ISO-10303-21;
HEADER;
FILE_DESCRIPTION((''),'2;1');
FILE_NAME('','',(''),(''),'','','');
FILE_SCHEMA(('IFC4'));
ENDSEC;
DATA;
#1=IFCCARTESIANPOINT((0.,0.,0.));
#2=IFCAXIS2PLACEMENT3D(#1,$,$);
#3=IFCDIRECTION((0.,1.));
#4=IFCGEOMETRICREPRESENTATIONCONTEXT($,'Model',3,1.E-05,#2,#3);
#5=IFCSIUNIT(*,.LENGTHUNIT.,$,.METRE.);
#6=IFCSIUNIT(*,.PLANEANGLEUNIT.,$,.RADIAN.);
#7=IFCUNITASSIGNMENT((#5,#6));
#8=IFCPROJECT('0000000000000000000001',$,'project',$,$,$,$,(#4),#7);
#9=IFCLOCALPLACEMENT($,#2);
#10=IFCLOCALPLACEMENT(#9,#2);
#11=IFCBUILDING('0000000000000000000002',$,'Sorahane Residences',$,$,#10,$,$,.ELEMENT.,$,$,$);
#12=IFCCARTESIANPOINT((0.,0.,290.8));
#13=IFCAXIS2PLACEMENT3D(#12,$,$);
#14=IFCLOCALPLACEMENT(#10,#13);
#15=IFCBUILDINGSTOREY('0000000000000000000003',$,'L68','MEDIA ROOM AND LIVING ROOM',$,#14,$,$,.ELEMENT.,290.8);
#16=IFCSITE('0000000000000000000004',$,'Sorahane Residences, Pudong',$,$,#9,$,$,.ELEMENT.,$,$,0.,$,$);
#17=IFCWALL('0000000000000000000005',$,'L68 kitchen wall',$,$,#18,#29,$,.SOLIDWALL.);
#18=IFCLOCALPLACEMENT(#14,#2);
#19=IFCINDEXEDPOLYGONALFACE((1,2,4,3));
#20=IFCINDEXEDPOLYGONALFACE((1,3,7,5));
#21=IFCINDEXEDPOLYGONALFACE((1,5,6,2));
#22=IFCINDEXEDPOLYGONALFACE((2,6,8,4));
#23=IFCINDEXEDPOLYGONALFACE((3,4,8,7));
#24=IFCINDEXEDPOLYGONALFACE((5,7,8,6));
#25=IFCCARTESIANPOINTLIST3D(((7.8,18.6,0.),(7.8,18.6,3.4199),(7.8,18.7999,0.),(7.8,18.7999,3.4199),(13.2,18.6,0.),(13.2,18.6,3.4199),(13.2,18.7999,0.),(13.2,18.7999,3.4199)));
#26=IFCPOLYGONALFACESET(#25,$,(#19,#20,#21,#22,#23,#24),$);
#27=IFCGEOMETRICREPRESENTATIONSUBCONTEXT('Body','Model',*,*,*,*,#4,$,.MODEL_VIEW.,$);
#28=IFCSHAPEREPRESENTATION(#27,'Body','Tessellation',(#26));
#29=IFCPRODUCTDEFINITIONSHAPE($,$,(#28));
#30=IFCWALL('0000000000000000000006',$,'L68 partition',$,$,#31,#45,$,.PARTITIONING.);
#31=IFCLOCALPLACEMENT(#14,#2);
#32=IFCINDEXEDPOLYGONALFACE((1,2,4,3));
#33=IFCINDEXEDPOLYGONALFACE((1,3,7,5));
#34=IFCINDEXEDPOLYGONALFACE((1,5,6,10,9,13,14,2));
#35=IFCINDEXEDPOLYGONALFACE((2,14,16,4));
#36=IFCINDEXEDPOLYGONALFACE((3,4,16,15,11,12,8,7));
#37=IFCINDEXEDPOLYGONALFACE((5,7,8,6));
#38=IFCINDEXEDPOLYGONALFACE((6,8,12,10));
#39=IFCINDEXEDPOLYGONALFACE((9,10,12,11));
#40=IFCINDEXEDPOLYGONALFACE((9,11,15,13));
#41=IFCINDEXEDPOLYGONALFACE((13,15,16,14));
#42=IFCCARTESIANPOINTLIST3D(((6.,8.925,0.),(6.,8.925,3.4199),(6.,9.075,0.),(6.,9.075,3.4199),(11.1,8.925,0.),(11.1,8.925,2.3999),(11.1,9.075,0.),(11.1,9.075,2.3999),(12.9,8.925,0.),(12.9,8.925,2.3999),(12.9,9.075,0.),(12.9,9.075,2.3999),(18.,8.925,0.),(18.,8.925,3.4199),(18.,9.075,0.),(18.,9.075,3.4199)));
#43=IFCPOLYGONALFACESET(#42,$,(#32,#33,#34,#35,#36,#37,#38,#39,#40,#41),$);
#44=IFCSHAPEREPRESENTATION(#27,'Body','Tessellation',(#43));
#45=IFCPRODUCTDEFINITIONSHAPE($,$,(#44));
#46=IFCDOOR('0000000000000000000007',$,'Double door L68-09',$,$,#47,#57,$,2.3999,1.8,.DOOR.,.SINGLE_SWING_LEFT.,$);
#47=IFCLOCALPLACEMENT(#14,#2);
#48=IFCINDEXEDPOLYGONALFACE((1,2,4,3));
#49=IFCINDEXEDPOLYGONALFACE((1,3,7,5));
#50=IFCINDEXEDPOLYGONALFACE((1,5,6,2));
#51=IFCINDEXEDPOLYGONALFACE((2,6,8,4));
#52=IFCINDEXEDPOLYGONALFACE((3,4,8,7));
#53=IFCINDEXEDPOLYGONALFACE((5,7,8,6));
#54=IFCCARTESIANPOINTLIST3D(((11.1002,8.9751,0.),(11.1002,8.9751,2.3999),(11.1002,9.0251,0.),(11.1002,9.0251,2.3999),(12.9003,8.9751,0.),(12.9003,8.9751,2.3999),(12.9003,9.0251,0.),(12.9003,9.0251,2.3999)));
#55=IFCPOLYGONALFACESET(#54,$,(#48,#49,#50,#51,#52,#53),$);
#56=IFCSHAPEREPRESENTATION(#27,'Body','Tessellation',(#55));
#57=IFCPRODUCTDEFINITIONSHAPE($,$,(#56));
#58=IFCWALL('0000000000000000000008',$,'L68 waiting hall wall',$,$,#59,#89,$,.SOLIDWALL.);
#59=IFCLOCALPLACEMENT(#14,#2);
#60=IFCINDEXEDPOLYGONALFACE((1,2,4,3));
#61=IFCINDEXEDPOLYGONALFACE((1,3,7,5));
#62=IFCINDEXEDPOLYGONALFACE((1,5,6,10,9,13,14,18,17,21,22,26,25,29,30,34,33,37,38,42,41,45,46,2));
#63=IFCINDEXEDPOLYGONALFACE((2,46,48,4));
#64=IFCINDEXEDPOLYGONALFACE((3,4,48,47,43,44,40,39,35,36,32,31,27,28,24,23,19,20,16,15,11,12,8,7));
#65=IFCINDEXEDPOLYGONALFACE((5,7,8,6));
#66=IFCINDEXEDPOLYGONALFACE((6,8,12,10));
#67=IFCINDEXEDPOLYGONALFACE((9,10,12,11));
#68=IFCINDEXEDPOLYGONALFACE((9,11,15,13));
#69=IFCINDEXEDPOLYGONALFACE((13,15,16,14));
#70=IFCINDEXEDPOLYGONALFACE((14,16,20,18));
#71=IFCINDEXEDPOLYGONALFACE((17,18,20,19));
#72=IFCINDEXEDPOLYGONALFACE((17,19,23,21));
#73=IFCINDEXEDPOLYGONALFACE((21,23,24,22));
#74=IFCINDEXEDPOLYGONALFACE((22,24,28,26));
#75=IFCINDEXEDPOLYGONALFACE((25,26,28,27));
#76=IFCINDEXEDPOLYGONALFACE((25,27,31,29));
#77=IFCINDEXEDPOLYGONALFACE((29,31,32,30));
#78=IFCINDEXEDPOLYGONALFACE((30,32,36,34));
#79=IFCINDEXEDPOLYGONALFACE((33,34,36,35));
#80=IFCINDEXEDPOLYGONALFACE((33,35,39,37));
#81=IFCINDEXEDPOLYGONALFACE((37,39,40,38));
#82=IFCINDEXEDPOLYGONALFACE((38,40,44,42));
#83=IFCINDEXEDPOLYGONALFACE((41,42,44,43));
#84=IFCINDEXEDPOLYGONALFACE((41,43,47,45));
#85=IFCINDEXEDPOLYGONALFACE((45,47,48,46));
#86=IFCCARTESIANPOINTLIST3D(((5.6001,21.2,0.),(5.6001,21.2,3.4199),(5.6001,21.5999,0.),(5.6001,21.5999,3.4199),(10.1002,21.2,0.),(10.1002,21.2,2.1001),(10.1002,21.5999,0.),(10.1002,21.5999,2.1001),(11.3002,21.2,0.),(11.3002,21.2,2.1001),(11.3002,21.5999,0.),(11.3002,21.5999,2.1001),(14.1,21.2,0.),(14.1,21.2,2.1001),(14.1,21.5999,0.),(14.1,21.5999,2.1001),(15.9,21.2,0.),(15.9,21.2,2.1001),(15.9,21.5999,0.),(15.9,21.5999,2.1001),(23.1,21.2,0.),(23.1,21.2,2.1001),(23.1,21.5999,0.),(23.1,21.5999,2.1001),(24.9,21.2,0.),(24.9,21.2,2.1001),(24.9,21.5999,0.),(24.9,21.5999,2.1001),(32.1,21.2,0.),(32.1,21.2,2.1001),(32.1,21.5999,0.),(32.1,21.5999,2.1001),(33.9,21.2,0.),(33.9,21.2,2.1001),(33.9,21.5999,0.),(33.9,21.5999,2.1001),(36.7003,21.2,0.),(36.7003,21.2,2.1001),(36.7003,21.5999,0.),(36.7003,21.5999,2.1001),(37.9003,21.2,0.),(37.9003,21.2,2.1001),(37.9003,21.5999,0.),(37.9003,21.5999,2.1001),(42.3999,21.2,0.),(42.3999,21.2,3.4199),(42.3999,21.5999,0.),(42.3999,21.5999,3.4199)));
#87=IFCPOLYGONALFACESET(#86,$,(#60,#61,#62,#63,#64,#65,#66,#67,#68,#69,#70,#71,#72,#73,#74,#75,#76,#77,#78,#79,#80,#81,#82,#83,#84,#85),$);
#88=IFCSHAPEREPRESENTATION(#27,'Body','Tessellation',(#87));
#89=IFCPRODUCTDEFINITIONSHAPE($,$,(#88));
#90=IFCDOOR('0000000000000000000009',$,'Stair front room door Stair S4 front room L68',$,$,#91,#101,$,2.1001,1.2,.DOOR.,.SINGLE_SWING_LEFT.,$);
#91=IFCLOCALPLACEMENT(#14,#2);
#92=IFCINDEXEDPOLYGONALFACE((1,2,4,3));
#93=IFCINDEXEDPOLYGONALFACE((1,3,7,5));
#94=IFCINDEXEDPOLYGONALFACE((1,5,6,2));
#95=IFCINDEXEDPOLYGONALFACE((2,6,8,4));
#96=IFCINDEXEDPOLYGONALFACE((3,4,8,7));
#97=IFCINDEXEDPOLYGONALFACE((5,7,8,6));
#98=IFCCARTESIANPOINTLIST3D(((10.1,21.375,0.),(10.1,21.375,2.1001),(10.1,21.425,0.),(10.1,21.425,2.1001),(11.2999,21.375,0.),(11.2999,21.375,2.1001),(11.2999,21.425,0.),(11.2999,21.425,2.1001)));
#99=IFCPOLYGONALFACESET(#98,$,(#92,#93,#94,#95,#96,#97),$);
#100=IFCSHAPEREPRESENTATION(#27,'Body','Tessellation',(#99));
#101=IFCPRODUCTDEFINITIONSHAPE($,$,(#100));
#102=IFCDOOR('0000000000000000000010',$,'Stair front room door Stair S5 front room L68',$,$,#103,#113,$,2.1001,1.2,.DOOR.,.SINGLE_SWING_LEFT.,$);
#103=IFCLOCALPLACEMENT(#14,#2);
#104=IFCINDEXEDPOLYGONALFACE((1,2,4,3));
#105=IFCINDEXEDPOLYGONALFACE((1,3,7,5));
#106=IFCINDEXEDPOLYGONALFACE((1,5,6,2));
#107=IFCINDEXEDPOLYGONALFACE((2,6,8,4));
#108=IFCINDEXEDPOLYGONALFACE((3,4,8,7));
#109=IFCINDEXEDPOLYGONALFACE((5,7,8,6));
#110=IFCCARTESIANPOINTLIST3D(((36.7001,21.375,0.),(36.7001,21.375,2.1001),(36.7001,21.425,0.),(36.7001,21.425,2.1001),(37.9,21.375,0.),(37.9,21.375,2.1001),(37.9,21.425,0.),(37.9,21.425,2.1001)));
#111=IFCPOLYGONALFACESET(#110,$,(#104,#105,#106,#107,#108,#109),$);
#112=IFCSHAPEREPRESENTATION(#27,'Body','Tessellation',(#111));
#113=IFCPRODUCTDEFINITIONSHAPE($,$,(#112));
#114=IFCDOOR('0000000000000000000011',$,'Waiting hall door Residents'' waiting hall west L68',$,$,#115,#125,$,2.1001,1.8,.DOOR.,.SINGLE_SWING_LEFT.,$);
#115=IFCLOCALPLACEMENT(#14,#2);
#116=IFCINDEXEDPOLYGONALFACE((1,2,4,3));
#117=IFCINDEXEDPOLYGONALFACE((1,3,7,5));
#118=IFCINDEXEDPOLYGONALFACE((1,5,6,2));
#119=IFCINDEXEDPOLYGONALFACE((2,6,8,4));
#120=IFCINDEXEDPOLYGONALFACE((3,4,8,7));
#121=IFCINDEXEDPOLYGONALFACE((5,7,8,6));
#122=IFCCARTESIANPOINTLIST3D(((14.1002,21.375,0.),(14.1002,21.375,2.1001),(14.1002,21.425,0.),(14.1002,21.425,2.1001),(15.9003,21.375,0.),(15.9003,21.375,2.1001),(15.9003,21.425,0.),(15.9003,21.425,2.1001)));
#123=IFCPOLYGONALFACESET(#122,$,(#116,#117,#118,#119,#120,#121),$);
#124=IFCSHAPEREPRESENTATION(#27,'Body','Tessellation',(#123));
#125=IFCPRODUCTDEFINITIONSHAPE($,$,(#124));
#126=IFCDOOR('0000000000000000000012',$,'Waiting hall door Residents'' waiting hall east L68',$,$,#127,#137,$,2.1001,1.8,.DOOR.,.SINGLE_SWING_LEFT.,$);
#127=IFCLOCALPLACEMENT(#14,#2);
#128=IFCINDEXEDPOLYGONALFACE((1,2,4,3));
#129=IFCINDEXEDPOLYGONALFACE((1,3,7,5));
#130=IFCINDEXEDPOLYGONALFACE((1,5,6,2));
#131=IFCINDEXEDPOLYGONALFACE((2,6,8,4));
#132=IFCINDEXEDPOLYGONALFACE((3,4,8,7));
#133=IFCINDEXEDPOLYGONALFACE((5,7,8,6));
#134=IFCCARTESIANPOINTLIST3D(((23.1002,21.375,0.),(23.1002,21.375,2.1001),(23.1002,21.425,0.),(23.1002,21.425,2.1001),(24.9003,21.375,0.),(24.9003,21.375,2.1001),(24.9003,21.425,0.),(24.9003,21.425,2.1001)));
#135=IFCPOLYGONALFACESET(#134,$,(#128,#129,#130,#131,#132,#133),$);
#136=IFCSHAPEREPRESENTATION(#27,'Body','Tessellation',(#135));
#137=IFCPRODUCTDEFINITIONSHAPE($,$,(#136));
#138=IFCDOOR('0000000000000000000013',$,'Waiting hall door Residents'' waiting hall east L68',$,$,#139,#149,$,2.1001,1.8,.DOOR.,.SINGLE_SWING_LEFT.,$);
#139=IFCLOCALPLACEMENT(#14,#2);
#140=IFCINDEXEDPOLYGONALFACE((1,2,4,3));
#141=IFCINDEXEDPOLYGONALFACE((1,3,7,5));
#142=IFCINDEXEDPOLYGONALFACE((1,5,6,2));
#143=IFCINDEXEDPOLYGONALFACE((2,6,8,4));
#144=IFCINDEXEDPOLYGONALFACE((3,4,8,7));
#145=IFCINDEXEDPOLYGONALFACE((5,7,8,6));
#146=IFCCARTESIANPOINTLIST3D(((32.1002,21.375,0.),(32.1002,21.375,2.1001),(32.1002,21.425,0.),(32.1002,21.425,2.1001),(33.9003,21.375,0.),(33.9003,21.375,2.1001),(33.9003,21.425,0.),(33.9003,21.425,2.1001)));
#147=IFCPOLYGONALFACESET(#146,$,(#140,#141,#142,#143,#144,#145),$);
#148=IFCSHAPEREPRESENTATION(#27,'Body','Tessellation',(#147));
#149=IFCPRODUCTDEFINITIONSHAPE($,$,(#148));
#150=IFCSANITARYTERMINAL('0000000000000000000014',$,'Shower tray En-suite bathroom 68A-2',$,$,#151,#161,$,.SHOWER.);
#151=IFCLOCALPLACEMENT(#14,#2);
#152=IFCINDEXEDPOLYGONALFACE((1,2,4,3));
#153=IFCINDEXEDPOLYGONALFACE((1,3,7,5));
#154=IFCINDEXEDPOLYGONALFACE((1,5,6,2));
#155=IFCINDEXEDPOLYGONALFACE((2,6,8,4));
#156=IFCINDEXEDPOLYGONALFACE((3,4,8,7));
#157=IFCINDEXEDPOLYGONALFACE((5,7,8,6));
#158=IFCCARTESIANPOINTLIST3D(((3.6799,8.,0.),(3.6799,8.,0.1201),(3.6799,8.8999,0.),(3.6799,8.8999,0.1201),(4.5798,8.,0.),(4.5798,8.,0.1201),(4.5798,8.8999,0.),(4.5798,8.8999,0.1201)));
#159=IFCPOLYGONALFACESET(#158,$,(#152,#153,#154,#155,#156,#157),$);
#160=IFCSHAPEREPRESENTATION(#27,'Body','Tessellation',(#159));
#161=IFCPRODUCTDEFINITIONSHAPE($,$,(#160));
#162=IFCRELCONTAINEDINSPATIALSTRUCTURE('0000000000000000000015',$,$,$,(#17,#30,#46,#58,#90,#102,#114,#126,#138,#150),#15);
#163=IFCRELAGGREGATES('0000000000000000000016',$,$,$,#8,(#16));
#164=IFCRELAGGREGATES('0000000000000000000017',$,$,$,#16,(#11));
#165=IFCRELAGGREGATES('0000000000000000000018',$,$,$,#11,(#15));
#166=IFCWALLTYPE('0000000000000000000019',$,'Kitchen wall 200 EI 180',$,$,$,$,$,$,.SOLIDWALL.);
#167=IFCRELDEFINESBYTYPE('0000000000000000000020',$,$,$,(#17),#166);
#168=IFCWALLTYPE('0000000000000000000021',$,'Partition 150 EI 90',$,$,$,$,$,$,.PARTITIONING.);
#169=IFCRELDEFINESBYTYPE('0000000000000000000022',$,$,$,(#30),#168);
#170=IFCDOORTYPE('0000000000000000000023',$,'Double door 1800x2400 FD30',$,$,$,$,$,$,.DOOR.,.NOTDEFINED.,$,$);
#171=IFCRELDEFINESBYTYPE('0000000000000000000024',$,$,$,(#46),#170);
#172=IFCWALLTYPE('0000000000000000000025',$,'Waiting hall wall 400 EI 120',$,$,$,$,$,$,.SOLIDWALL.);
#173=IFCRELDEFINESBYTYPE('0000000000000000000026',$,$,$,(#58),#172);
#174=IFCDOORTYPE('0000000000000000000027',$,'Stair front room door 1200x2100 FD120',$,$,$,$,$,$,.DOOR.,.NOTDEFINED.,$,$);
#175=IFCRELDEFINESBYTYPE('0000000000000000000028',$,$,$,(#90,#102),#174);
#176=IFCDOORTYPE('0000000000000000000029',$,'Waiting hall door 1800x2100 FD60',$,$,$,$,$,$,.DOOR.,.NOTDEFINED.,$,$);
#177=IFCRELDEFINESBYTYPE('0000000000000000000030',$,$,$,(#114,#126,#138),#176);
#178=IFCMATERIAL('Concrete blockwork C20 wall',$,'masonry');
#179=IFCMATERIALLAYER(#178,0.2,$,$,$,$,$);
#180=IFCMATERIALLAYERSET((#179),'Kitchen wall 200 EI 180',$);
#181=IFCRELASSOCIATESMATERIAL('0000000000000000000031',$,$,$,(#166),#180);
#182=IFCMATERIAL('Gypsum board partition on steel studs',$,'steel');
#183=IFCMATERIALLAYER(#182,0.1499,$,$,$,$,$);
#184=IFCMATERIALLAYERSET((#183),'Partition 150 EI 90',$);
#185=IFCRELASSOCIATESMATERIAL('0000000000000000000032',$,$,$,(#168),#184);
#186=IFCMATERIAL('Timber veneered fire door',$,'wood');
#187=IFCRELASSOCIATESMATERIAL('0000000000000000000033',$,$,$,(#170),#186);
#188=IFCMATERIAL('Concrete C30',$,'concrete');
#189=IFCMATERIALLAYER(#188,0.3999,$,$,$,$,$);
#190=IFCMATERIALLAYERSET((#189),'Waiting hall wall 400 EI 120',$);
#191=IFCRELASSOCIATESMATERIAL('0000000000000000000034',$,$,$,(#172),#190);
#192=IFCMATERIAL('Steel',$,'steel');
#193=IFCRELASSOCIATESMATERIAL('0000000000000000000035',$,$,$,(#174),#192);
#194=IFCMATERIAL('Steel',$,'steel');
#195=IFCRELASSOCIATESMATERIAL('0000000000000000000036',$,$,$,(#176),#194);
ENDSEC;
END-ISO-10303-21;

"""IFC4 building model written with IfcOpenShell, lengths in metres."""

from ifc_helpers import new_model, si_unit, direction, frame, frame_2d, origin, origin_2d, place, context, subcontext, project, spatial, rectangle, extrude, material, layer, layer_set, type_object, element, fill, save


model = new_model("IFC4")

# Units and contexts
model_context = context("Model", 3, precision=1e-05, world=origin(), true_north=direction((0.0, 1.0)))
body_context = subcontext(model_context, "Body", "Model", "MODEL_VIEW")
ifc_project = project(units=[si_unit("LENGTHUNIT", "METRE"), si_unit("PLANEANGLEUNIT", "RADIAN")], contexts=[model_context])

# Site, building, storey
site_placement = place(None, origin())
site = spatial("IfcSite", under=ifc_project, at=site_placement, Name="Sorahane Residences, Pudong", CompositionType="ELEMENT", RefElevation=0.0)
building_placement = place(site_placement, origin())
building = spatial("IfcBuilding", under=site, at=building_placement, Name="Sorahane Residences", CompositionType="ELEMENT")
storey_placement = place(building_placement, frame((0.0, 0.0, 290.8)))
storey = spatial("IfcBuildingStorey", under=building, at=storey_placement, Name="L68", Description="MEDIA ROOM AND LIVING ROOM", CompositionType="ELEMENT", Elevation=290.8)

# Shared definitions
ifc_material_1 = material(Name="Concrete blockwork C20 wall", Category="masonry")
ifc_layer_1 = layer(ifc_material_1, 0.2)
ifc_layer_set_1 = layer_set([ifc_layer_1], Name="Kitchen wall 200 EI 180")
wall_type_1 = type_object("IfcWallType", Name="Kitchen wall 200 EI 180", PredefinedType="SOLIDWALL", material=ifc_layer_set_1)

# Wall
wall_1_placement = place(storey_placement, frame((7.8, 18.7, 0.0), z_axis=(0.0, 0.0, 1.0), x_axis=(1.0, 0.0, 0.0)))
element("IfcWall", 1, at=wall_1_placement, inside=storey, type_object=wall_type_1, Name="L68 kitchen wall", PredefinedType="SOLIDWALL", context=body_context, shape_type="SweptSolid", body=[
    extrude(rectangle(XDim=5.3999, YDim=0.2, at=frame_2d((2.7, 0.0))), origin(), (0.0, 0.0, 1.0), 3.4199),
])

# Wall, opening, door
ifc_material_2 = material(Name="Gypsum board partition on steel studs", Category="steel")
ifc_layer_2 = layer(ifc_material_2, 0.1499)
ifc_layer_set_2 = layer_set([ifc_layer_2], Name="Partition 150 EI 90")
wall_type_2 = type_object("IfcWallType", Name="Partition 150 EI 90", PredefinedType="PARTITIONING", material=ifc_layer_set_2)
wall_2_placement = place(storey_placement, frame((6.0, 9.0, 0.0), z_axis=(0.0, 0.0, 1.0), x_axis=(1.0, 0.0, 0.0)))
wall_2 = element("IfcWall", 2, at=wall_2_placement, inside=storey, type_object=wall_type_2, Name="L68 partition", PredefinedType="PARTITIONING", context=body_context, shape_type="SweptSolid", body=[
    extrude(rectangle(XDim=12.0, YDim=0.1499, at=frame_2d((6.0, 0.0))), origin(), (0.0, 0.0, 1.0), 3.4199),
])
opening_1_placement = place(wall_2_placement, frame((5.1001, 0.0, 0.0)))
opening_1 = element("IfcOpeningElement", 3, at=opening_1_placement, cuts=wall_2, PredefinedType="OPENING", context=body_context, shape_type="SweptSolid", body=[
    extrude(rectangle(XDim=1.8, YDim=2.3999, at=frame_2d((0.8999, 1.2))), frame((0.0, 0.085, 0.0), z_axis=(0.0, -1.0, 0.0), x_axis=(1.0, 0.0, 0.0)), (0.0, 0.0, 1.0), 0.1699),
])
ifc_material_3 = material(Name="Timber veneered fire door", Category="wood")
door_type_1 = type_object("IfcDoorType", Name="Double door 1800x2400 FD30", OperationType="NOTDEFINED", PredefinedType="DOOR", material=ifc_material_3)
door_1_placement = place(opening_1_placement, frame((1.8, 0.0, 0.0), z_axis=(0.0, 0.0, 1.0), x_axis=(-1.0, 0.0, 0.0)))
door_1 = element("IfcDoor", 4, at=door_1_placement, inside=storey, type_object=door_type_1, Name="Double door L68-09", OperationType="SINGLE_SWING_LEFT", OverallHeight=2.3999, OverallWidth=1.8, PredefinedType="DOOR", context=body_context, shape_type="SweptSolid", body=[
    extrude(rectangle(XDim=1.8, YDim=2.3999, at=frame_2d((0.8999, 1.2))), frame((0.0, 0.0249, 0.0), z_axis=(0.0, -1.0, 0.0), x_axis=(1.0, 0.0, 0.0)), (0.0, 0.0, 1.0), 0.05),
])
fill(opening_1, door_1)

# Wall, openings, doors
ifc_material_4 = material(Name="Concrete C30", Category="concrete")
ifc_layer_3 = layer(ifc_material_4, 0.3999)
ifc_layer_set_3 = layer_set([ifc_layer_3], Name="Waiting hall wall 400 EI 120")
wall_type_3 = type_object("IfcWallType", Name="Waiting hall wall 400 EI 120", PredefinedType="SOLIDWALL", material=ifc_layer_set_3)
wall_3_placement = place(storey_placement, frame((5.6001, 21.3999, 0.0), z_axis=(0.0, 0.0, 1.0), x_axis=(1.0, 0.0, 0.0)))
wall_3 = element("IfcWall", 5, at=wall_3_placement, inside=storey, type_object=wall_type_3, Name="L68 waiting hall wall", PredefinedType="SOLIDWALL", context=body_context, shape_type="SweptSolid", body=[
    extrude(rectangle(XDim=36.7998, YDim=0.3999, at=frame_2d((18.3999, 0.0))), origin(), (0.0, 0.0, 1.0), 3.4199),
])
opening_2_placement = place(wall_3_placement, frame((8.5, 0.0, 0.0)))
opening_2 = element("IfcOpeningElement", 6, at=opening_2_placement, cuts=wall_3, PredefinedType="OPENING", context=body_context, shape_type="SweptSolid", body=[
    extrude(rectangle(XDim=1.8, YDim=2.1001, at=frame_2d((0.8999, 1.05))), frame((0.0, 0.21, 0.0), z_axis=(0.0, -1.0, 0.0), x_axis=(1.0, 0.0, 0.0)), (0.0, 0.0, 1.0), 0.4199),
])
opening_3_placement = place(wall_3_placement, frame((17.5, 0.0, 0.0)))
opening_3 = element("IfcOpeningElement", 7, at=opening_3_placement, cuts=wall_3, PredefinedType="OPENING", context=body_context, shape_type="SweptSolid", body=[
    extrude(rectangle(XDim=1.8, YDim=2.1001, at=frame_2d((0.8999, 1.05))), frame((0.0, 0.21, 0.0), z_axis=(0.0, -1.0, 0.0), x_axis=(1.0, 0.0, 0.0)), (0.0, 0.0, 1.0), 0.4199),
])
opening_4_placement = place(wall_3_placement, frame((26.5, 0.0, 0.0)))
opening_4 = element("IfcOpeningElement", 8, at=opening_4_placement, cuts=wall_3, PredefinedType="OPENING", context=body_context, shape_type="SweptSolid", body=[
    extrude(rectangle(XDim=1.8, YDim=2.1001, at=frame_2d((0.8999, 1.05))), frame((0.0, 0.21, 0.0), z_axis=(0.0, -1.0, 0.0), x_axis=(1.0, 0.0, 0.0)), (0.0, 0.0, 1.0), 0.4199),
])
opening_5_placement = place(wall_3_placement, frame((4.5, 0.0, 0.0)))
opening_5 = element("IfcOpeningElement", 9, at=opening_5_placement, cuts=wall_3, PredefinedType="OPENING", context=body_context, shape_type="SweptSolid", body=[
    extrude(rectangle(XDim=1.2, YDim=2.1001, at=frame_2d((0.6001, 1.05))), frame((0.0, 0.21, 0.0), z_axis=(0.0, -1.0, 0.0), x_axis=(1.0, 0.0, 0.0)), (0.0, 0.0, 1.0), 0.4199),
])
opening_6_placement = place(wall_3_placement, frame((31.1001, 0.0, 0.0)))
opening_6 = element("IfcOpeningElement", 10, at=opening_6_placement, cuts=wall_3, PredefinedType="OPENING", context=body_context, shape_type="SweptSolid", body=[
    extrude(rectangle(XDim=1.2, YDim=2.1001, at=frame_2d((0.6001, 1.05))), frame((0.0, 0.21, 0.0), z_axis=(0.0, -1.0, 0.0), x_axis=(1.0, 0.0, 0.0)), (0.0, 0.0, 1.0), 0.4199),
])
ifc_material_5 = material(Name="Steel", Category="steel")
door_type_2 = type_object("IfcDoorType", Name="Stair front room door 1200x2100 FD120", OperationType="NOTDEFINED", PredefinedType="DOOR", material=ifc_material_5)
door_2_placement = place(opening_5_placement, frame((1.2, 0.0, 0.0), z_axis=(0.0, 0.0, 1.0), x_axis=(-1.0, 0.0, 0.0)))
door_2 = element("IfcDoor", 11, at=door_2_placement, inside=storey, type_object=door_type_2, Name="Stair front room door Stair S4 front room L68", OperationType="SINGLE_SWING_LEFT", OverallHeight=2.1001, OverallWidth=1.2, PredefinedType="DOOR", context=body_context, shape_type="SweptSolid", body=[
    extrude(rectangle(XDim=1.2, YDim=2.1001, at=frame_2d((0.6001, 1.05))), frame((0.0, 0.0249, 0.0), z_axis=(0.0, -1.0, 0.0), x_axis=(1.0, 0.0, 0.0)), (0.0, 0.0, 1.0), 0.05),
])
fill(opening_5, door_2)
door_3_placement = place(opening_6_placement, frame((1.2, 0.0, 0.0), z_axis=(0.0, 0.0, 1.0), x_axis=(-1.0, 0.0, 0.0)))
door_3 = element("IfcDoor", 12, at=door_3_placement, inside=storey, type_object=door_type_2, Name="Stair front room door Stair S5 front room L68", OperationType="SINGLE_SWING_LEFT", OverallHeight=2.1001, OverallWidth=1.2, PredefinedType="DOOR", context=body_context, shape_type="SweptSolid", body=[
    extrude(rectangle(XDim=1.2, YDim=2.1001, at=frame_2d((0.6001, 1.05))), frame((0.0, 0.0249, 0.0), z_axis=(0.0, -1.0, 0.0), x_axis=(1.0, 0.0, 0.0)), (0.0, 0.0, 1.0), 0.05),
])
fill(opening_6, door_3)
ifc_material_6 = material(Name="Steel", Category="steel")
door_type_3 = type_object("IfcDoorType", Name="Waiting hall door 1800x2100 FD60", OperationType="NOTDEFINED", PredefinedType="DOOR", material=ifc_material_6)
door_4_placement = place(opening_2_placement, frame((1.8, 0.0, 0.0), z_axis=(0.0, 0.0, 1.0), x_axis=(-1.0, 0.0, 0.0)))
door_4 = element("IfcDoor", 13, at=door_4_placement, inside=storey, type_object=door_type_3, Name="Waiting hall door Residents' waiting hall west L68", OperationType="SINGLE_SWING_LEFT", OverallHeight=2.1001, OverallWidth=1.8, PredefinedType="DOOR", context=body_context, shape_type="SweptSolid", body=[
    extrude(rectangle(XDim=1.8, YDim=2.1001, at=frame_2d((0.8999, 1.05))), frame((0.0, 0.0249, 0.0), z_axis=(0.0, -1.0, 0.0), x_axis=(1.0, 0.0, 0.0)), (0.0, 0.0, 1.0), 0.05),
])
fill(opening_2, door_4)
door_5_placement = place(opening_3_placement, frame((1.8, 0.0, 0.0), z_axis=(0.0, 0.0, 1.0), x_axis=(-1.0, 0.0, 0.0)))
door_5 = element("IfcDoor", 14, at=door_5_placement, inside=storey, type_object=door_type_3, Name="Waiting hall door Residents' waiting hall east L68", OperationType="SINGLE_SWING_LEFT", OverallHeight=2.1001, OverallWidth=1.8, PredefinedType="DOOR", context=body_context, shape_type="SweptSolid", body=[
    extrude(rectangle(XDim=1.8, YDim=2.1001, at=frame_2d((0.8999, 1.05))), frame((0.0, 0.0249, 0.0), z_axis=(0.0, -1.0, 0.0), x_axis=(1.0, 0.0, 0.0)), (0.0, 0.0, 1.0), 0.05),
])
fill(opening_3, door_5)
door_6_placement = place(opening_4_placement, frame((1.8, 0.0, 0.0), z_axis=(0.0, 0.0, 1.0), x_axis=(-1.0, 0.0, 0.0)))
door_6 = element("IfcDoor", 15, at=door_6_placement, inside=storey, type_object=door_type_3, Name="Waiting hall door Residents' waiting hall east L68", OperationType="SINGLE_SWING_LEFT", OverallHeight=2.1001, OverallWidth=1.8, PredefinedType="DOOR", context=body_context, shape_type="SweptSolid", body=[
    extrude(rectangle(XDim=1.8, YDim=2.1001, at=frame_2d((0.8999, 1.05))), frame((0.0, 0.0249, 0.0), z_axis=(0.0, -1.0, 0.0), x_axis=(1.0, 0.0, 0.0)), (0.0, 0.0, 1.0), 0.05),
])
fill(opening_4, door_6)

# Sanitary terminal
sanitary_terminal_1_placement = place(storey_placement, frame((4.1299, 8.45, 0.0), z_axis=(0.0, 0.0, 1.0), x_axis=(1.0, 0.0, 0.0)))
element("IfcSanitaryTerminal", 16, at=sanitary_terminal_1_placement, inside=storey, Name="Shower tray En-suite bathroom 68A-2", PredefinedType="SHOWER", context=body_context, shape_type="SweptSolid", body=[
    extrude(rectangle(XDim=0.8999, YDim=0.8999, at=origin_2d()), origin(), (0.0, 0.0, 1.0), 0.1201),
])

save(model, "model.ifc")
